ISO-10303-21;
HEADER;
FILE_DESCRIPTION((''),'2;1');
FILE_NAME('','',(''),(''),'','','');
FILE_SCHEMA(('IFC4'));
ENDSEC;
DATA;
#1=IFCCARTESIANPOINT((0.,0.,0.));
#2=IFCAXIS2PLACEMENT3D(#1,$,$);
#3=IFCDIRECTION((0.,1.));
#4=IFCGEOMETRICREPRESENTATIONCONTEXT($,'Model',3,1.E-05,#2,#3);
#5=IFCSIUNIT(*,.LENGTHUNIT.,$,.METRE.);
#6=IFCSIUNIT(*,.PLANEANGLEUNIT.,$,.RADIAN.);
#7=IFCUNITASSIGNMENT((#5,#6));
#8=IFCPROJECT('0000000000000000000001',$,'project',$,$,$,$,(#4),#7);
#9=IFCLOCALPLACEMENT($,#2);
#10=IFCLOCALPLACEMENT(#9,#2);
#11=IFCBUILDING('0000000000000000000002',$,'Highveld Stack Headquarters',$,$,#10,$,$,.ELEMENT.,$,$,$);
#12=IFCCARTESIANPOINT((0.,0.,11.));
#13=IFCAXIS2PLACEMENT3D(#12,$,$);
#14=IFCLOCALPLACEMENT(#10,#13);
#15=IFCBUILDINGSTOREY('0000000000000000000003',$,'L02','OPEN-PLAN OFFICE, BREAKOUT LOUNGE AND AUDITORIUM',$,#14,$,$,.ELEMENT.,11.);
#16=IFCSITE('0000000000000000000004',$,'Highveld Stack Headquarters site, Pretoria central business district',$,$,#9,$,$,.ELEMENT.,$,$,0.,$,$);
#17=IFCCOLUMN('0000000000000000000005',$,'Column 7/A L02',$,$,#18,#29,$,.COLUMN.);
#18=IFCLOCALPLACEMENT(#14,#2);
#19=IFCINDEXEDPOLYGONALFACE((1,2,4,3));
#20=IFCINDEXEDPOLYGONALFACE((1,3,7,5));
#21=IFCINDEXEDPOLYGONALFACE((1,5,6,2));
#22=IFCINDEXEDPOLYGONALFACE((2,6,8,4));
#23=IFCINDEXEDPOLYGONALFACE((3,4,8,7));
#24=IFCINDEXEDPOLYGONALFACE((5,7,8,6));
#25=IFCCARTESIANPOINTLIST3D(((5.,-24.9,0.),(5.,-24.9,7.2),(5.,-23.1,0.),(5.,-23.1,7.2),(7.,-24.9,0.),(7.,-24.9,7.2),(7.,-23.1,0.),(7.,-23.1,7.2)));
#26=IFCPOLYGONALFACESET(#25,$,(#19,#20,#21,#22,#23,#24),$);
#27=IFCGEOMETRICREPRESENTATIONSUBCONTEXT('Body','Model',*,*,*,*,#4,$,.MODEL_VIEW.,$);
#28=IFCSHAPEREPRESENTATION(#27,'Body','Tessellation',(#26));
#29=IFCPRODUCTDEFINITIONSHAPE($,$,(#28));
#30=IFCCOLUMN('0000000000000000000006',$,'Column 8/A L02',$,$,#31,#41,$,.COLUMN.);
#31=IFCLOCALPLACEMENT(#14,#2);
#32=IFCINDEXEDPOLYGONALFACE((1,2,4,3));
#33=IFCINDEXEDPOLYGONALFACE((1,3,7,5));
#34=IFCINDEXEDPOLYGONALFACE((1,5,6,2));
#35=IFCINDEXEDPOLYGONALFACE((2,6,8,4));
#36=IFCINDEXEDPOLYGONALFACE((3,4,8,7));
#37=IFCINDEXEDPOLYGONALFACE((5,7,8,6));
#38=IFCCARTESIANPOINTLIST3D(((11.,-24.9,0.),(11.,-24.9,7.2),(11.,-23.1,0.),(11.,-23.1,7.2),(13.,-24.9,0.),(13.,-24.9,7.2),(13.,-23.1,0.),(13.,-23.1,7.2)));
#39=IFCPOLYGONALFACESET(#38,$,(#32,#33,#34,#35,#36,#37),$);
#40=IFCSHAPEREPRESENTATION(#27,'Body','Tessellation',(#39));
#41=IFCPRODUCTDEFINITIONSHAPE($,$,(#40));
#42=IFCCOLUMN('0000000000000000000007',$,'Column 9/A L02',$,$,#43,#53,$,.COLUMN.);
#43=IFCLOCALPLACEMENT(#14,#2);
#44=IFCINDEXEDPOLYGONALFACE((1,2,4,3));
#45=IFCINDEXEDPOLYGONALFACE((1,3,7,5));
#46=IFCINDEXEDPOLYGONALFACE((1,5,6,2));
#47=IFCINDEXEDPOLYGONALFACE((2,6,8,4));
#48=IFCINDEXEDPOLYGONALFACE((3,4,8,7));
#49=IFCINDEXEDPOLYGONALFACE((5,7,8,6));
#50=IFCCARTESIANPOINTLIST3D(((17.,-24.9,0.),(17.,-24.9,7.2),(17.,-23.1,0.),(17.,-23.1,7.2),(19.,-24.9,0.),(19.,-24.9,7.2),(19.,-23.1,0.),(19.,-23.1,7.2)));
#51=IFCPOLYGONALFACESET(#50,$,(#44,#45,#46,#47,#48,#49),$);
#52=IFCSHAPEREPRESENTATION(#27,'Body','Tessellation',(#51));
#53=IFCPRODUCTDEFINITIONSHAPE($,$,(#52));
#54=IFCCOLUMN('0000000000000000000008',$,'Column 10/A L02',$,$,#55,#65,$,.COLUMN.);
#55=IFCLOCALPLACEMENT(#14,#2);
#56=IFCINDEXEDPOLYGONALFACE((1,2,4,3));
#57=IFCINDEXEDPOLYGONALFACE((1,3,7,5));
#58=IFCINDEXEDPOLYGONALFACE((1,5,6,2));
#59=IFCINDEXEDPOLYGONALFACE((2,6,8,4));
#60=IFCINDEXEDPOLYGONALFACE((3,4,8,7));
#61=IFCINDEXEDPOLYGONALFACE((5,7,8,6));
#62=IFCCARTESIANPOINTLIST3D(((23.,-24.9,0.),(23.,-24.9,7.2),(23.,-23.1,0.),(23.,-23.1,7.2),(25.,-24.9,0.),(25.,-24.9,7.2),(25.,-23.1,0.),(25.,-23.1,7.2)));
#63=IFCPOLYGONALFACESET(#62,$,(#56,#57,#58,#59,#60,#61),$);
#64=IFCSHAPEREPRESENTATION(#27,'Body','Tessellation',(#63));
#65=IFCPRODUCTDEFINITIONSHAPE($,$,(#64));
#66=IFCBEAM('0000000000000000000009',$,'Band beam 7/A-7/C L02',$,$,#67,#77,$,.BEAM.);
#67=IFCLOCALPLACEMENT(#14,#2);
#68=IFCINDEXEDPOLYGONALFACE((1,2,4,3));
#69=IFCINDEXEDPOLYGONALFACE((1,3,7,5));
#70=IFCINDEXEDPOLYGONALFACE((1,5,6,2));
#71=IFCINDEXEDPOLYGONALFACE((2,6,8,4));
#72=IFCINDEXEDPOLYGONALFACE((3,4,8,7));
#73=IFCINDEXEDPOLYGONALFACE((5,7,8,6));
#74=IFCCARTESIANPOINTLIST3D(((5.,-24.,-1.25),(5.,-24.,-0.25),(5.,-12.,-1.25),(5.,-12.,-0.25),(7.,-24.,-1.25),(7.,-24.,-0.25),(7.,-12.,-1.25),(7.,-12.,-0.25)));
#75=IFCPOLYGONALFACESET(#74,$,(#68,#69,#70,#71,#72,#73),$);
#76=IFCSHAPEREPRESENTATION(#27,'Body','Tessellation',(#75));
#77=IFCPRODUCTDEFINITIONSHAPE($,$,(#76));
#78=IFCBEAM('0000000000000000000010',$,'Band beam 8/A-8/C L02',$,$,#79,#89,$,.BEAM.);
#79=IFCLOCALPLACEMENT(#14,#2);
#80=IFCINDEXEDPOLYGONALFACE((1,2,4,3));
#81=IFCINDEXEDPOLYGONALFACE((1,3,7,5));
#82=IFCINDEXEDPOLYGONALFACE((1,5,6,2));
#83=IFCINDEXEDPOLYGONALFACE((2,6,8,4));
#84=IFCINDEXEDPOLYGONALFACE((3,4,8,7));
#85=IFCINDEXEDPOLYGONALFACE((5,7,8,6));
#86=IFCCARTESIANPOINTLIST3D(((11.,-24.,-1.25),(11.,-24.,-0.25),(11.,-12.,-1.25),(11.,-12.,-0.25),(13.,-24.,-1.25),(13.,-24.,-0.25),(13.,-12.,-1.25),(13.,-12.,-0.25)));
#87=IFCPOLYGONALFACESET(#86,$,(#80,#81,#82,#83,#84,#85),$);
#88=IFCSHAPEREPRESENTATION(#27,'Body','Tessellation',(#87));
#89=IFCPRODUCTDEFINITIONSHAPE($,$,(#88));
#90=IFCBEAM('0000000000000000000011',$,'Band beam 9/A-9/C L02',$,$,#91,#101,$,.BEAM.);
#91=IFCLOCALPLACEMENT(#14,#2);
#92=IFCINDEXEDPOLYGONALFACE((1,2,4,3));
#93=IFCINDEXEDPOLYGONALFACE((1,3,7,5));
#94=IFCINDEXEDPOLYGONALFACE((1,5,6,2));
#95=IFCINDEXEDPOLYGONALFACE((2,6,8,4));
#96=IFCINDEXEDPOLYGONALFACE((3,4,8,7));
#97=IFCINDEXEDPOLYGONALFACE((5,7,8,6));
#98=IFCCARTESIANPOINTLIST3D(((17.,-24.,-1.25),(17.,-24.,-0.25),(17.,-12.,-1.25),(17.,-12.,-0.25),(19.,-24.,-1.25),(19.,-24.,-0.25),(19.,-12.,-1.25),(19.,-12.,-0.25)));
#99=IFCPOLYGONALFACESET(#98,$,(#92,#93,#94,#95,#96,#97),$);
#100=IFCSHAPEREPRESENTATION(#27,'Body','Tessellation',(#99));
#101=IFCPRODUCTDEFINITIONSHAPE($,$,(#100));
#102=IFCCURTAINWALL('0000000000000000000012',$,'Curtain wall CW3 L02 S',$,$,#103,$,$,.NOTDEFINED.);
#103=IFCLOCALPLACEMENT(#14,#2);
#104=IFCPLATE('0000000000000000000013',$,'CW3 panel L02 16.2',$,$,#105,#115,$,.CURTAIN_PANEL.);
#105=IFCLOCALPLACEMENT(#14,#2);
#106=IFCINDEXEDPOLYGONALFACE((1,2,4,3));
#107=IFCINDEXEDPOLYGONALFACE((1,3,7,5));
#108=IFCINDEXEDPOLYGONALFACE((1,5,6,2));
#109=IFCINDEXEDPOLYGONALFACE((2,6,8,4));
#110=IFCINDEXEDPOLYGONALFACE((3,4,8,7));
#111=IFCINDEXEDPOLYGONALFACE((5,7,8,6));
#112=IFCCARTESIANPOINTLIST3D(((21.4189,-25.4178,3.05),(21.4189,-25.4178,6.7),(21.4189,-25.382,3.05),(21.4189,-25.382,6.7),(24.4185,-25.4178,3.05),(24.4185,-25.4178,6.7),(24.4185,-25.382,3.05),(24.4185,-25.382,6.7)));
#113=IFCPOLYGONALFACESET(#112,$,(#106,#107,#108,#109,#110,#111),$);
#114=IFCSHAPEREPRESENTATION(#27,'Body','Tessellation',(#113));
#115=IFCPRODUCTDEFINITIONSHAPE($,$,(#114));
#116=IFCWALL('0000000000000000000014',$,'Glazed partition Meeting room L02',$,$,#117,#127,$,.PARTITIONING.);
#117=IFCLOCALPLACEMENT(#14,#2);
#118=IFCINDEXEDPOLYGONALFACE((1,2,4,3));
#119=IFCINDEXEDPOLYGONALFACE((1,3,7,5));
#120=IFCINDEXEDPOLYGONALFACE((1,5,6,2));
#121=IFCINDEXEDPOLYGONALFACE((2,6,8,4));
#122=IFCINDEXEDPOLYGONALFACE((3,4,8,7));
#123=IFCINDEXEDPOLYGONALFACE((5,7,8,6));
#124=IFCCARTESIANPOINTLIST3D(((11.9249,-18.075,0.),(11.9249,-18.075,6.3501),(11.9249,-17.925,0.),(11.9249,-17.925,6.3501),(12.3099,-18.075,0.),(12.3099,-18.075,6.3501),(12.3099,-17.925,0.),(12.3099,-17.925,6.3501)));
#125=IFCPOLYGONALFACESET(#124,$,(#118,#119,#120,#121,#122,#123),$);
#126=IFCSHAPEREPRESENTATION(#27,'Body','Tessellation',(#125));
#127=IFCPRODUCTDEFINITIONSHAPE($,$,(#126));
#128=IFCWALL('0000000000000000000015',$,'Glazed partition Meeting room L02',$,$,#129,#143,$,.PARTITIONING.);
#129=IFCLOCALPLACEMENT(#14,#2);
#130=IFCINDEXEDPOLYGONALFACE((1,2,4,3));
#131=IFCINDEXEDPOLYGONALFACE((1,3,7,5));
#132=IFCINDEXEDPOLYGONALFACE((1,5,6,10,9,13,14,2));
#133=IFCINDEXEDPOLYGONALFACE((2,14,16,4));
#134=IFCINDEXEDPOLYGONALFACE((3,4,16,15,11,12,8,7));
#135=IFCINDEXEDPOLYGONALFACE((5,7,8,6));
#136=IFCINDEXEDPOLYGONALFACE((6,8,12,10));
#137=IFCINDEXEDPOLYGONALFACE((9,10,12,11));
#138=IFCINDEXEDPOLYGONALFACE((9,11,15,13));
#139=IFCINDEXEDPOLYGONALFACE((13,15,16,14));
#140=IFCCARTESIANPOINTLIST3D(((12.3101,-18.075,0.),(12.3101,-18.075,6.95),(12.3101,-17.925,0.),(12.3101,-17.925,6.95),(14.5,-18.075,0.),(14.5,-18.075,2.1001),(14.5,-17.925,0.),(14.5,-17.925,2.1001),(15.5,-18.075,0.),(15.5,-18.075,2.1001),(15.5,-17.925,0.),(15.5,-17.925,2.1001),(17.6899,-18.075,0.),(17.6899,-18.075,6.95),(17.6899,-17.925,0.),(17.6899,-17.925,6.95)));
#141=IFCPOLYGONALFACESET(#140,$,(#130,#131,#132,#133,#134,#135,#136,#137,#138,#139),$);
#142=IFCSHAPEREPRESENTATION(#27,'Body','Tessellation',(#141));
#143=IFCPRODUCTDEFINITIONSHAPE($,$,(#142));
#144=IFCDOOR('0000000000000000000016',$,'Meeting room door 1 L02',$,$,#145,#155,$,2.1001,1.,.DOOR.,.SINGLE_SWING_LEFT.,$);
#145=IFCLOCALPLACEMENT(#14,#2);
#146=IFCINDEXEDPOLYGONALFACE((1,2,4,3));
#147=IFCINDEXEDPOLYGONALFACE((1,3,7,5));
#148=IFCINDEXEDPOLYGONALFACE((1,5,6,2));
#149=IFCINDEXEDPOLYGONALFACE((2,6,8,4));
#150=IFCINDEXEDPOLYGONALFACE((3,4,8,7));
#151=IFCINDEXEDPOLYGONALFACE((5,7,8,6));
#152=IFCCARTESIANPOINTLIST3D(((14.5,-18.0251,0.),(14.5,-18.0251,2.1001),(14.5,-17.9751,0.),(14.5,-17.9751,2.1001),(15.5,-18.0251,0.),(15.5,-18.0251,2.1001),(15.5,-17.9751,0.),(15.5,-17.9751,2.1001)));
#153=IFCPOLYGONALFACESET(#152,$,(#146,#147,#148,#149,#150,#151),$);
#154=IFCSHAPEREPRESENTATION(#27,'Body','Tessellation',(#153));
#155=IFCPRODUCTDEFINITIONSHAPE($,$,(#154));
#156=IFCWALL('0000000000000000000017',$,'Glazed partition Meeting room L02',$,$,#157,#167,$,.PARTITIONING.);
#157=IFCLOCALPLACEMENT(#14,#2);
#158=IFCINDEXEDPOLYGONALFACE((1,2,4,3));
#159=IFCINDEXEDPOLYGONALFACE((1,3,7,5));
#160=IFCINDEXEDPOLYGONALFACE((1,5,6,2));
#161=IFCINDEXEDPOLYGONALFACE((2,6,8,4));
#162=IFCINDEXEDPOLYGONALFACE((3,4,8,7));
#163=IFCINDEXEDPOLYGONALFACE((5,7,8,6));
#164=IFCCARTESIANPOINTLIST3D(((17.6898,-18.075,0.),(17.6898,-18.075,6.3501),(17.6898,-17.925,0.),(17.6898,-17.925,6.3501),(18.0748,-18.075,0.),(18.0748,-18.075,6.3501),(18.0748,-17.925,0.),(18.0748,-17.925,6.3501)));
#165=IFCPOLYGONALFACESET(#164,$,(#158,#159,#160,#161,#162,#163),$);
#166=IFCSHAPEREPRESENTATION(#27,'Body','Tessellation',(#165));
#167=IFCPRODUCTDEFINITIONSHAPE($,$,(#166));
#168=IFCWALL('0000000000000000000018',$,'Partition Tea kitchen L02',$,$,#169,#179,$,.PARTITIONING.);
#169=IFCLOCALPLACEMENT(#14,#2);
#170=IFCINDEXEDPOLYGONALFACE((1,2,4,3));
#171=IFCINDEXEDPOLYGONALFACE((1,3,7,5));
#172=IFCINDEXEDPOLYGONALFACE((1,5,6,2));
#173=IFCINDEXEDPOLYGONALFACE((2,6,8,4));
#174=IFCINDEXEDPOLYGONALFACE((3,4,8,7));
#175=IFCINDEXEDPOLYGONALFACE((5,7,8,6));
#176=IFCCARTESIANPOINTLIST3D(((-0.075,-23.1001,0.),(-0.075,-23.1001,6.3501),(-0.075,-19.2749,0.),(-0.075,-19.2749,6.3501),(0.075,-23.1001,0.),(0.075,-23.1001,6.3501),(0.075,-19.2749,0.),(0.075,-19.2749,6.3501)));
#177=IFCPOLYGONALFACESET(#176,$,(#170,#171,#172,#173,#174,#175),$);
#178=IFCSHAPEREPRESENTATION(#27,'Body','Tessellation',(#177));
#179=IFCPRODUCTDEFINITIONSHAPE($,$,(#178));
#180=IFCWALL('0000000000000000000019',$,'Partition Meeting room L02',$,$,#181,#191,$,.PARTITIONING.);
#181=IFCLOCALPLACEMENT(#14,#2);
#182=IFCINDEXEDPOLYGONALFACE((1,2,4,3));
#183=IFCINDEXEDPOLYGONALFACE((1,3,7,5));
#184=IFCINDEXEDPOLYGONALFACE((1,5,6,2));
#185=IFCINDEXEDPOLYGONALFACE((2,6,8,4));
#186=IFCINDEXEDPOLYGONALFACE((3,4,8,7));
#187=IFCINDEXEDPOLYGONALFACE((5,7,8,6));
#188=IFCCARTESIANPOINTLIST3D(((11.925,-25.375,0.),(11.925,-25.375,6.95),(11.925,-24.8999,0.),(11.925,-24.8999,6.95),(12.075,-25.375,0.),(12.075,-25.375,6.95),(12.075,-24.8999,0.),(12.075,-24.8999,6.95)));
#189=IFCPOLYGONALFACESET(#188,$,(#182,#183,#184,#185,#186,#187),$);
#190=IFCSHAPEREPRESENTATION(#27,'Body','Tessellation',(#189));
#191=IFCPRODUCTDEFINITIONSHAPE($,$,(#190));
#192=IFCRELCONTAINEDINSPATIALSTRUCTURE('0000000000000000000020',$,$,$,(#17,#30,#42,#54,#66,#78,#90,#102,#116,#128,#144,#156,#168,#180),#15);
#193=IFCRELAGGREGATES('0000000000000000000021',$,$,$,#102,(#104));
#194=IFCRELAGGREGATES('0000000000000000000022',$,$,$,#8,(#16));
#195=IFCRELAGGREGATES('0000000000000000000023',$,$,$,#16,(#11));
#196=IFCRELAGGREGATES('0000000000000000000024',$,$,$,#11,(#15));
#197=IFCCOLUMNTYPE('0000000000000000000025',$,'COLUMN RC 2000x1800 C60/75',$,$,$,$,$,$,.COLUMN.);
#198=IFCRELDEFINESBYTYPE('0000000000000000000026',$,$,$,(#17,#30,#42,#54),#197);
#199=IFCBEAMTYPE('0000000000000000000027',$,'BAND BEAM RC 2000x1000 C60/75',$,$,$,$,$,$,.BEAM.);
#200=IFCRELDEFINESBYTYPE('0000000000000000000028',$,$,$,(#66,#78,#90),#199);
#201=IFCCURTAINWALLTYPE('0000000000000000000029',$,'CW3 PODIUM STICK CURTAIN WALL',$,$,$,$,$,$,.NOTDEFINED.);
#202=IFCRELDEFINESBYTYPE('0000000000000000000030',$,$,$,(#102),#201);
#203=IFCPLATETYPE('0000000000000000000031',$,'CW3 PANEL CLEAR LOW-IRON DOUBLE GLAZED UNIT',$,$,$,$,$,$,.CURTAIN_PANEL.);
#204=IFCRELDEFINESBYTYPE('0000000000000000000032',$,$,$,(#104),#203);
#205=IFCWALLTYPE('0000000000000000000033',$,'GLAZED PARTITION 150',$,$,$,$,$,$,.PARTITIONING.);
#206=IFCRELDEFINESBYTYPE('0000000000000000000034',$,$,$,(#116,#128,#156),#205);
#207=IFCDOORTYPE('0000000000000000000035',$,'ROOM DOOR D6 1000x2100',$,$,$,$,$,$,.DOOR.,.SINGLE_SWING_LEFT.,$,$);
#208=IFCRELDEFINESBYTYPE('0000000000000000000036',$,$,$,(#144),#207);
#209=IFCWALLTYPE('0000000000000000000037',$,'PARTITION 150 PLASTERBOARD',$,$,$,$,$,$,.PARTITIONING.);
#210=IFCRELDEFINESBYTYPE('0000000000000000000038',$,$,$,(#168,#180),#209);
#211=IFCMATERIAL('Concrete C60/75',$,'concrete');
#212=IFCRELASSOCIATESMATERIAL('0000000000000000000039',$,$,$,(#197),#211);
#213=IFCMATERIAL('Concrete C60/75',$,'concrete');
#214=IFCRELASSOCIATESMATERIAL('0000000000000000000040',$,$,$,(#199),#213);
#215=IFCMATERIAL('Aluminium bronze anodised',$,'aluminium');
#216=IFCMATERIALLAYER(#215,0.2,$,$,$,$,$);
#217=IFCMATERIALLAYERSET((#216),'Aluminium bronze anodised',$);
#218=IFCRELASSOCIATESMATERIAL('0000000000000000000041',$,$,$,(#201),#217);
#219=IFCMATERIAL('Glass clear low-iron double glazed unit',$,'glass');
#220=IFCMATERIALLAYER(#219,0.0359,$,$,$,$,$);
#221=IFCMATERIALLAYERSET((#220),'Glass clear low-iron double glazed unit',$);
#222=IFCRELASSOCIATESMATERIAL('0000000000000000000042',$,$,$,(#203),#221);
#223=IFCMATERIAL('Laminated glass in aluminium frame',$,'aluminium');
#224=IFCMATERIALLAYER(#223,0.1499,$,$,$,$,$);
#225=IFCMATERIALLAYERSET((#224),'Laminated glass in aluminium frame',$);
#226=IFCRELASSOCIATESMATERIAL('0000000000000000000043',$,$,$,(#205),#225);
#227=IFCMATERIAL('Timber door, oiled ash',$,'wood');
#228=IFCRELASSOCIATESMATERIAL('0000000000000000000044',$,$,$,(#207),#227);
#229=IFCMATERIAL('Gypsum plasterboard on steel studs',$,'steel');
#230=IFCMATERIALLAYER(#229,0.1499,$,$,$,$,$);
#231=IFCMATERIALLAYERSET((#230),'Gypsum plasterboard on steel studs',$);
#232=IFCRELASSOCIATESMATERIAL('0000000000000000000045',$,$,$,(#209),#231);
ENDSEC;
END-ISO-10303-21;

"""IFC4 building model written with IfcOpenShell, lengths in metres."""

from ifc_helpers import new_model, si_unit, direction, frame, frame_2d, origin, origin_2d, place, context, subcontext, project, spatial, rectangle, extrude, material, layer, layer_set, material_profile, profile_set, type_object, element, fill, aggregate, save


model = new_model("IFC4")

# Units and contexts
model_context = context("Model", 3, precision=1e-05, world=origin(), true_north=direction((0.0, 1.0)))
body_context = subcontext(model_context, "Body", "Model", "MODEL_VIEW")
ifc_project = project(units=[si_unit("LENGTHUNIT", "METRE"), si_unit("PLANEANGLEUNIT", "RADIAN")], contexts=[model_context])

# Site, building, storey
site_placement = place(None, origin())
site = spatial("IfcSite", under=ifc_project, at=site_placement, Name="Highveld Stack Headquarters site, Pretoria central business district", CompositionType="ELEMENT", RefElevation=0.0)
building_placement = place(site_placement, origin())
building = spatial("IfcBuilding", under=site, at=building_placement, Name="Highveld Stack Headquarters", CompositionType="ELEMENT")
storey_placement = place(building_placement, frame((0.0, 0.0, 11.0)))
storey = spatial("IfcBuildingStorey", under=building, at=storey_placement, Name="L02", Description="OPEN-PLAN OFFICE, BREAKOUT LOUNGE AND AUDITORIUM", CompositionType="ELEMENT", Elevation=11.0)

# Columns
ifc_material_1 = material(Name="Concrete C60/75", Category="concrete")
ifc_material_profile_1 = material_profile(ifc_material_1, rectangle(XDim=2.0, YDim=1.8, at=origin_2d()), Name="RC 2000x1800")
ifc_profile_set_1 = profile_set([ifc_material_profile_1], Name="Concrete C60/75")
column_type = type_object("IfcColumnType", Name="COLUMN RC 2000x1800 C60/75", PredefinedType="COLUMN", material=ifc_profile_set_1)
for number, where, z_axis, x_axis, name in (
    (1, (6.0, -24.0, 0.0), (0.0, 0.0, 1.0), (1.0, 0.0, 0.0), "Column 7/A L02"),
    (2, (12.0, -24.0, 0.0), (0.0, 0.0, 1.0), (1.0, 0.0, 0.0), "Column 8/A L02"),
    (3, (18.0, -24.0, 0.0), (0.0, 0.0, 1.0), (1.0, 0.0, 0.0), "Column 9/A L02"),
    (4, (24.0, -24.0, 0.0), (0.0, 0.0, 1.0), (1.0, 0.0, 0.0), "Column 10/A L02"),
):
    element("IfcColumn", number, at=place(storey_placement, frame(where, z_axis=z_axis, x_axis=x_axis)), inside=storey, type_object=column_type, Name=name, PredefinedType="COLUMN", context=body_context, shape_type="SweptSolid", body=[
        extrude(rectangle(XDim=2.0, YDim=1.8, at=origin_2d()), origin(), (0.0, 0.0, 1.0), 7.2),
    ])

# Beams
ifc_material_2 = material(Name="Concrete C60/75", Category="concrete")
ifc_material_profile_2 = material_profile(ifc_material_2, rectangle(XDim=2.0, YDim=1.0, at=origin_2d()), Name="RC 2000x1000")
ifc_profile_set_2 = profile_set([ifc_material_profile_2], Name="Concrete C60/75")
beam_type = type_object("IfcBeamType", Name="BAND BEAM RC 2000x1000 C60/75", PredefinedType="BEAM", material=ifc_profile_set_2)
for number, where, z_axis, x_axis, name in (
    (5, (6.0, -24.0, -0.75), (0.0, 1.0, 0.0), (-1.0, 0.0, 0.0), "Band beam 7/A-7/C L02"),
    (6, (12.0, -24.0, -0.75), (0.0, 1.0, 0.0), (-1.0, 0.0, 0.0), "Band beam 8/A-8/C L02"),
    (7, (18.0, -24.0, -0.75), (0.0, 1.0, 0.0), (-1.0, 0.0, 0.0), "Band beam 9/A-9/C L02"),
):
    element("IfcBeam", number, at=place(storey_placement, frame(where, z_axis=z_axis, x_axis=x_axis)), inside=storey, type_object=beam_type, Name=name, PredefinedType="BEAM", context=body_context, shape_type="SweptSolid", body=[
        extrude(rectangle(XDim=2.0, YDim=1.0, at=origin_2d()), origin(), (0.0, 0.0, 1.0), 12.0),
    ])

# Curtain wall, plate
ifc_material_3 = material(Name="Aluminium bronze anodised", Category="aluminium")
ifc_layer_1 = layer(ifc_material_3, 0.2)
ifc_layer_set_1 = layer_set([ifc_layer_1], Name="Aluminium bronze anodised")
curtain_wall_type = type_object("IfcCurtainWallType", Name="CW3 PODIUM STICK CURTAIN WALL", PredefinedType="NOTDEFINED", material=ifc_layer_set_1)
curtain_wall_placement = place(storey_placement, origin())
curtain_wall = element("IfcCurtainWall", 8, at=curtain_wall_placement, inside=storey, type_object=curtain_wall_type, Name="Curtain wall CW3 L02 S", PredefinedType="NOTDEFINED")
ifc_material_4 = material(Name="Glass clear low-iron double glazed unit", Category="glass")
ifc_layer_2 = layer(ifc_material_4, 0.0359)
ifc_layer_set_2 = layer_set([ifc_layer_2], Name="Glass clear low-iron double glazed unit")
plate_type = type_object("IfcPlateType", Name="CW3 PANEL CLEAR LOW-IRON DOUBLE GLAZED UNIT", PredefinedType="CURTAIN_PANEL", material=ifc_layer_set_2)
plate_placement = place(storey_placement, frame((22.9187, -25.3999, 3.05), z_axis=(0.0, 0.0, 1.0), x_axis=(1.0, 0.0, 0.0)))
plate = element("IfcPlate", 9, at=plate_placement, type_object=plate_type, Name="CW3 panel L02 16.2", PredefinedType="CURTAIN_PANEL", context=body_context, shape_type="SweptSolid", body=[
    extrude(rectangle(XDim=2.9995, YDim=0.0359, at=origin_2d()), origin(), (0.0, 0.0, 1.0), 3.6499),
])
aggregate(curtain_wall, [plate])

# Wall
ifc_material_5 = material(Name="Laminated glass in aluminium frame", Category="aluminium")
ifc_layer_3 = layer(ifc_material_5, 0.1499)
ifc_layer_set_3 = layer_set([ifc_layer_3], Name="Laminated glass in aluminium frame")
wall_type_1 = type_object("IfcWallType", Name="GLAZED PARTITION 150", PredefinedType="PARTITIONING", material=ifc_layer_set_3)
wall_1_placement = place(storey_placement, frame((11.925, -18.0, 0.0), z_axis=(0.0, 0.0, 1.0), x_axis=(1.0, 0.0, 0.0)))
element("IfcWall", 10, at=wall_1_placement, inside=storey, type_object=wall_type_1, Name="Glazed partition Meeting room L02", PredefinedType="PARTITIONING", context=body_context, shape_type="SweptSolid", body=[
    extrude(rectangle(XDim=0.385, YDim=0.1499, at=frame_2d((0.1924, 0.0))), origin(), (0.0, 0.0, 1.0), 6.3501),
])

# Wall, opening, door
wall_2_placement = place(storey_placement, frame((12.3101, -18.0, 0.0), z_axis=(0.0, 0.0, 1.0), x_axis=(1.0, 0.0, 0.0)))
wall_2 = element("IfcWall", 11, at=wall_2_placement, inside=storey, type_object=wall_type_1, Name="Glazed partition Meeting room L02", PredefinedType="PARTITIONING", context=body_context, shape_type="SweptSolid", body=[
    extrude(rectangle(XDim=5.3799, YDim=0.1499, at=frame_2d((2.6899, 0.0))), origin(), (0.0, 0.0, 1.0), 6.95),
])
opening_1_placement = place(wall_2_placement, frame((2.1899, 0.0, 0.0)))
opening_1 = element("IfcOpeningElement", 12, at=opening_1_placement, cuts=wall_2, PredefinedType="OPENING", context=body_context, shape_type="SweptSolid", body=[
    extrude(rectangle(XDim=1.0, YDim=2.1001, at=frame_2d((0.5, 1.05))), frame((0.0, 0.085, 0.0), z_axis=(0.0, -1.0, 0.0), x_axis=(1.0, 0.0, 0.0)), (0.0, 0.0, 1.0), 0.1699),
])
ifc_material_6 = material(Name="Timber door, oiled ash", Category="wood")
door_type = type_object("IfcDoorType", Name="ROOM DOOR D6 1000x2100", OperationType="SINGLE_SWING_LEFT", PredefinedType="DOOR", material=ifc_material_6)
door_1_placement = place(opening_1_placement, origin())
door_1 = element("IfcDoor", 13, at=door_1_placement, inside=storey, type_object=door_type, Name="Meeting room door 1 L02", OperationType="SINGLE_SWING_LEFT", OverallHeight=2.1001, OverallWidth=1.0, PredefinedType="DOOR", context=body_context, shape_type="SweptSolid", body=[
    extrude(rectangle(XDim=1.0, YDim=2.1001, at=frame_2d((0.5, 1.05))), frame((0.0, 0.0249, 0.0), z_axis=(0.0, -1.0, 0.0), x_axis=(1.0, 0.0, 0.0)), (0.0, 0.0, 1.0), 0.05),
])
fill(opening_1, door_1)

# Walls
wall_3_placement = place(storey_placement, frame((17.6899, -18.0, 0.0), z_axis=(0.0, 0.0, 1.0), x_axis=(1.0, 0.0, 0.0)))
element("IfcWall", 14, at=wall_3_placement, inside=storey, type_object=wall_type_1, Name="Glazed partition Meeting room L02", PredefinedType="PARTITIONING", context=body_context, shape_type="SweptSolid", body=[
    extrude(rectangle(XDim=0.385, YDim=0.1499, at=frame_2d((0.1924, 0.0))), origin(), (0.0, 0.0, 1.0), 6.3501),
])
ifc_material_7 = material(Name="Gypsum plasterboard on steel studs", Category="steel")
ifc_layer_4 = layer(ifc_material_7, 0.1499)
ifc_layer_set_4 = layer_set([ifc_layer_4], Name="Gypsum plasterboard on steel studs")
wall_type_2 = type_object("IfcWallType", Name="PARTITION 150 PLASTERBOARD", PredefinedType="PARTITIONING", material=ifc_layer_set_4)
wall_4_placement = place(storey_placement, frame((0.0, -23.1001, 0.0), z_axis=(0.0, 0.0, 1.0), x_axis=(0.0, 1.0, 0.0)))
element("IfcWall", 15, at=wall_4_placement, inside=storey, type_object=wall_type_2, Name="Partition Tea kitchen L02", PredefinedType="PARTITIONING", context=body_context, shape_type="SweptSolid", body=[
    extrude(rectangle(XDim=3.8252, YDim=0.1499, at=frame_2d((1.9126, 0.0))), origin(), (0.0, 0.0, 1.0), 6.3501),
])
wall_5_placement = place(storey_placement, frame((12.0, -25.375, 0.0), z_axis=(0.0, 0.0, 1.0), x_axis=(0.0, 1.0, 0.0)))
element("IfcWall", 16, at=wall_5_placement, inside=storey, type_object=wall_type_2, Name="Partition Meeting room L02", PredefinedType="PARTITIONING", context=body_context, shape_type="SweptSolid", body=[
    extrude(rectangle(XDim=0.4751, YDim=0.1499, at=frame_2d((0.2375, 0.0))), origin(), (0.0, 0.0, 1.0), 6.95),
])

save(model, "model.ifc")
